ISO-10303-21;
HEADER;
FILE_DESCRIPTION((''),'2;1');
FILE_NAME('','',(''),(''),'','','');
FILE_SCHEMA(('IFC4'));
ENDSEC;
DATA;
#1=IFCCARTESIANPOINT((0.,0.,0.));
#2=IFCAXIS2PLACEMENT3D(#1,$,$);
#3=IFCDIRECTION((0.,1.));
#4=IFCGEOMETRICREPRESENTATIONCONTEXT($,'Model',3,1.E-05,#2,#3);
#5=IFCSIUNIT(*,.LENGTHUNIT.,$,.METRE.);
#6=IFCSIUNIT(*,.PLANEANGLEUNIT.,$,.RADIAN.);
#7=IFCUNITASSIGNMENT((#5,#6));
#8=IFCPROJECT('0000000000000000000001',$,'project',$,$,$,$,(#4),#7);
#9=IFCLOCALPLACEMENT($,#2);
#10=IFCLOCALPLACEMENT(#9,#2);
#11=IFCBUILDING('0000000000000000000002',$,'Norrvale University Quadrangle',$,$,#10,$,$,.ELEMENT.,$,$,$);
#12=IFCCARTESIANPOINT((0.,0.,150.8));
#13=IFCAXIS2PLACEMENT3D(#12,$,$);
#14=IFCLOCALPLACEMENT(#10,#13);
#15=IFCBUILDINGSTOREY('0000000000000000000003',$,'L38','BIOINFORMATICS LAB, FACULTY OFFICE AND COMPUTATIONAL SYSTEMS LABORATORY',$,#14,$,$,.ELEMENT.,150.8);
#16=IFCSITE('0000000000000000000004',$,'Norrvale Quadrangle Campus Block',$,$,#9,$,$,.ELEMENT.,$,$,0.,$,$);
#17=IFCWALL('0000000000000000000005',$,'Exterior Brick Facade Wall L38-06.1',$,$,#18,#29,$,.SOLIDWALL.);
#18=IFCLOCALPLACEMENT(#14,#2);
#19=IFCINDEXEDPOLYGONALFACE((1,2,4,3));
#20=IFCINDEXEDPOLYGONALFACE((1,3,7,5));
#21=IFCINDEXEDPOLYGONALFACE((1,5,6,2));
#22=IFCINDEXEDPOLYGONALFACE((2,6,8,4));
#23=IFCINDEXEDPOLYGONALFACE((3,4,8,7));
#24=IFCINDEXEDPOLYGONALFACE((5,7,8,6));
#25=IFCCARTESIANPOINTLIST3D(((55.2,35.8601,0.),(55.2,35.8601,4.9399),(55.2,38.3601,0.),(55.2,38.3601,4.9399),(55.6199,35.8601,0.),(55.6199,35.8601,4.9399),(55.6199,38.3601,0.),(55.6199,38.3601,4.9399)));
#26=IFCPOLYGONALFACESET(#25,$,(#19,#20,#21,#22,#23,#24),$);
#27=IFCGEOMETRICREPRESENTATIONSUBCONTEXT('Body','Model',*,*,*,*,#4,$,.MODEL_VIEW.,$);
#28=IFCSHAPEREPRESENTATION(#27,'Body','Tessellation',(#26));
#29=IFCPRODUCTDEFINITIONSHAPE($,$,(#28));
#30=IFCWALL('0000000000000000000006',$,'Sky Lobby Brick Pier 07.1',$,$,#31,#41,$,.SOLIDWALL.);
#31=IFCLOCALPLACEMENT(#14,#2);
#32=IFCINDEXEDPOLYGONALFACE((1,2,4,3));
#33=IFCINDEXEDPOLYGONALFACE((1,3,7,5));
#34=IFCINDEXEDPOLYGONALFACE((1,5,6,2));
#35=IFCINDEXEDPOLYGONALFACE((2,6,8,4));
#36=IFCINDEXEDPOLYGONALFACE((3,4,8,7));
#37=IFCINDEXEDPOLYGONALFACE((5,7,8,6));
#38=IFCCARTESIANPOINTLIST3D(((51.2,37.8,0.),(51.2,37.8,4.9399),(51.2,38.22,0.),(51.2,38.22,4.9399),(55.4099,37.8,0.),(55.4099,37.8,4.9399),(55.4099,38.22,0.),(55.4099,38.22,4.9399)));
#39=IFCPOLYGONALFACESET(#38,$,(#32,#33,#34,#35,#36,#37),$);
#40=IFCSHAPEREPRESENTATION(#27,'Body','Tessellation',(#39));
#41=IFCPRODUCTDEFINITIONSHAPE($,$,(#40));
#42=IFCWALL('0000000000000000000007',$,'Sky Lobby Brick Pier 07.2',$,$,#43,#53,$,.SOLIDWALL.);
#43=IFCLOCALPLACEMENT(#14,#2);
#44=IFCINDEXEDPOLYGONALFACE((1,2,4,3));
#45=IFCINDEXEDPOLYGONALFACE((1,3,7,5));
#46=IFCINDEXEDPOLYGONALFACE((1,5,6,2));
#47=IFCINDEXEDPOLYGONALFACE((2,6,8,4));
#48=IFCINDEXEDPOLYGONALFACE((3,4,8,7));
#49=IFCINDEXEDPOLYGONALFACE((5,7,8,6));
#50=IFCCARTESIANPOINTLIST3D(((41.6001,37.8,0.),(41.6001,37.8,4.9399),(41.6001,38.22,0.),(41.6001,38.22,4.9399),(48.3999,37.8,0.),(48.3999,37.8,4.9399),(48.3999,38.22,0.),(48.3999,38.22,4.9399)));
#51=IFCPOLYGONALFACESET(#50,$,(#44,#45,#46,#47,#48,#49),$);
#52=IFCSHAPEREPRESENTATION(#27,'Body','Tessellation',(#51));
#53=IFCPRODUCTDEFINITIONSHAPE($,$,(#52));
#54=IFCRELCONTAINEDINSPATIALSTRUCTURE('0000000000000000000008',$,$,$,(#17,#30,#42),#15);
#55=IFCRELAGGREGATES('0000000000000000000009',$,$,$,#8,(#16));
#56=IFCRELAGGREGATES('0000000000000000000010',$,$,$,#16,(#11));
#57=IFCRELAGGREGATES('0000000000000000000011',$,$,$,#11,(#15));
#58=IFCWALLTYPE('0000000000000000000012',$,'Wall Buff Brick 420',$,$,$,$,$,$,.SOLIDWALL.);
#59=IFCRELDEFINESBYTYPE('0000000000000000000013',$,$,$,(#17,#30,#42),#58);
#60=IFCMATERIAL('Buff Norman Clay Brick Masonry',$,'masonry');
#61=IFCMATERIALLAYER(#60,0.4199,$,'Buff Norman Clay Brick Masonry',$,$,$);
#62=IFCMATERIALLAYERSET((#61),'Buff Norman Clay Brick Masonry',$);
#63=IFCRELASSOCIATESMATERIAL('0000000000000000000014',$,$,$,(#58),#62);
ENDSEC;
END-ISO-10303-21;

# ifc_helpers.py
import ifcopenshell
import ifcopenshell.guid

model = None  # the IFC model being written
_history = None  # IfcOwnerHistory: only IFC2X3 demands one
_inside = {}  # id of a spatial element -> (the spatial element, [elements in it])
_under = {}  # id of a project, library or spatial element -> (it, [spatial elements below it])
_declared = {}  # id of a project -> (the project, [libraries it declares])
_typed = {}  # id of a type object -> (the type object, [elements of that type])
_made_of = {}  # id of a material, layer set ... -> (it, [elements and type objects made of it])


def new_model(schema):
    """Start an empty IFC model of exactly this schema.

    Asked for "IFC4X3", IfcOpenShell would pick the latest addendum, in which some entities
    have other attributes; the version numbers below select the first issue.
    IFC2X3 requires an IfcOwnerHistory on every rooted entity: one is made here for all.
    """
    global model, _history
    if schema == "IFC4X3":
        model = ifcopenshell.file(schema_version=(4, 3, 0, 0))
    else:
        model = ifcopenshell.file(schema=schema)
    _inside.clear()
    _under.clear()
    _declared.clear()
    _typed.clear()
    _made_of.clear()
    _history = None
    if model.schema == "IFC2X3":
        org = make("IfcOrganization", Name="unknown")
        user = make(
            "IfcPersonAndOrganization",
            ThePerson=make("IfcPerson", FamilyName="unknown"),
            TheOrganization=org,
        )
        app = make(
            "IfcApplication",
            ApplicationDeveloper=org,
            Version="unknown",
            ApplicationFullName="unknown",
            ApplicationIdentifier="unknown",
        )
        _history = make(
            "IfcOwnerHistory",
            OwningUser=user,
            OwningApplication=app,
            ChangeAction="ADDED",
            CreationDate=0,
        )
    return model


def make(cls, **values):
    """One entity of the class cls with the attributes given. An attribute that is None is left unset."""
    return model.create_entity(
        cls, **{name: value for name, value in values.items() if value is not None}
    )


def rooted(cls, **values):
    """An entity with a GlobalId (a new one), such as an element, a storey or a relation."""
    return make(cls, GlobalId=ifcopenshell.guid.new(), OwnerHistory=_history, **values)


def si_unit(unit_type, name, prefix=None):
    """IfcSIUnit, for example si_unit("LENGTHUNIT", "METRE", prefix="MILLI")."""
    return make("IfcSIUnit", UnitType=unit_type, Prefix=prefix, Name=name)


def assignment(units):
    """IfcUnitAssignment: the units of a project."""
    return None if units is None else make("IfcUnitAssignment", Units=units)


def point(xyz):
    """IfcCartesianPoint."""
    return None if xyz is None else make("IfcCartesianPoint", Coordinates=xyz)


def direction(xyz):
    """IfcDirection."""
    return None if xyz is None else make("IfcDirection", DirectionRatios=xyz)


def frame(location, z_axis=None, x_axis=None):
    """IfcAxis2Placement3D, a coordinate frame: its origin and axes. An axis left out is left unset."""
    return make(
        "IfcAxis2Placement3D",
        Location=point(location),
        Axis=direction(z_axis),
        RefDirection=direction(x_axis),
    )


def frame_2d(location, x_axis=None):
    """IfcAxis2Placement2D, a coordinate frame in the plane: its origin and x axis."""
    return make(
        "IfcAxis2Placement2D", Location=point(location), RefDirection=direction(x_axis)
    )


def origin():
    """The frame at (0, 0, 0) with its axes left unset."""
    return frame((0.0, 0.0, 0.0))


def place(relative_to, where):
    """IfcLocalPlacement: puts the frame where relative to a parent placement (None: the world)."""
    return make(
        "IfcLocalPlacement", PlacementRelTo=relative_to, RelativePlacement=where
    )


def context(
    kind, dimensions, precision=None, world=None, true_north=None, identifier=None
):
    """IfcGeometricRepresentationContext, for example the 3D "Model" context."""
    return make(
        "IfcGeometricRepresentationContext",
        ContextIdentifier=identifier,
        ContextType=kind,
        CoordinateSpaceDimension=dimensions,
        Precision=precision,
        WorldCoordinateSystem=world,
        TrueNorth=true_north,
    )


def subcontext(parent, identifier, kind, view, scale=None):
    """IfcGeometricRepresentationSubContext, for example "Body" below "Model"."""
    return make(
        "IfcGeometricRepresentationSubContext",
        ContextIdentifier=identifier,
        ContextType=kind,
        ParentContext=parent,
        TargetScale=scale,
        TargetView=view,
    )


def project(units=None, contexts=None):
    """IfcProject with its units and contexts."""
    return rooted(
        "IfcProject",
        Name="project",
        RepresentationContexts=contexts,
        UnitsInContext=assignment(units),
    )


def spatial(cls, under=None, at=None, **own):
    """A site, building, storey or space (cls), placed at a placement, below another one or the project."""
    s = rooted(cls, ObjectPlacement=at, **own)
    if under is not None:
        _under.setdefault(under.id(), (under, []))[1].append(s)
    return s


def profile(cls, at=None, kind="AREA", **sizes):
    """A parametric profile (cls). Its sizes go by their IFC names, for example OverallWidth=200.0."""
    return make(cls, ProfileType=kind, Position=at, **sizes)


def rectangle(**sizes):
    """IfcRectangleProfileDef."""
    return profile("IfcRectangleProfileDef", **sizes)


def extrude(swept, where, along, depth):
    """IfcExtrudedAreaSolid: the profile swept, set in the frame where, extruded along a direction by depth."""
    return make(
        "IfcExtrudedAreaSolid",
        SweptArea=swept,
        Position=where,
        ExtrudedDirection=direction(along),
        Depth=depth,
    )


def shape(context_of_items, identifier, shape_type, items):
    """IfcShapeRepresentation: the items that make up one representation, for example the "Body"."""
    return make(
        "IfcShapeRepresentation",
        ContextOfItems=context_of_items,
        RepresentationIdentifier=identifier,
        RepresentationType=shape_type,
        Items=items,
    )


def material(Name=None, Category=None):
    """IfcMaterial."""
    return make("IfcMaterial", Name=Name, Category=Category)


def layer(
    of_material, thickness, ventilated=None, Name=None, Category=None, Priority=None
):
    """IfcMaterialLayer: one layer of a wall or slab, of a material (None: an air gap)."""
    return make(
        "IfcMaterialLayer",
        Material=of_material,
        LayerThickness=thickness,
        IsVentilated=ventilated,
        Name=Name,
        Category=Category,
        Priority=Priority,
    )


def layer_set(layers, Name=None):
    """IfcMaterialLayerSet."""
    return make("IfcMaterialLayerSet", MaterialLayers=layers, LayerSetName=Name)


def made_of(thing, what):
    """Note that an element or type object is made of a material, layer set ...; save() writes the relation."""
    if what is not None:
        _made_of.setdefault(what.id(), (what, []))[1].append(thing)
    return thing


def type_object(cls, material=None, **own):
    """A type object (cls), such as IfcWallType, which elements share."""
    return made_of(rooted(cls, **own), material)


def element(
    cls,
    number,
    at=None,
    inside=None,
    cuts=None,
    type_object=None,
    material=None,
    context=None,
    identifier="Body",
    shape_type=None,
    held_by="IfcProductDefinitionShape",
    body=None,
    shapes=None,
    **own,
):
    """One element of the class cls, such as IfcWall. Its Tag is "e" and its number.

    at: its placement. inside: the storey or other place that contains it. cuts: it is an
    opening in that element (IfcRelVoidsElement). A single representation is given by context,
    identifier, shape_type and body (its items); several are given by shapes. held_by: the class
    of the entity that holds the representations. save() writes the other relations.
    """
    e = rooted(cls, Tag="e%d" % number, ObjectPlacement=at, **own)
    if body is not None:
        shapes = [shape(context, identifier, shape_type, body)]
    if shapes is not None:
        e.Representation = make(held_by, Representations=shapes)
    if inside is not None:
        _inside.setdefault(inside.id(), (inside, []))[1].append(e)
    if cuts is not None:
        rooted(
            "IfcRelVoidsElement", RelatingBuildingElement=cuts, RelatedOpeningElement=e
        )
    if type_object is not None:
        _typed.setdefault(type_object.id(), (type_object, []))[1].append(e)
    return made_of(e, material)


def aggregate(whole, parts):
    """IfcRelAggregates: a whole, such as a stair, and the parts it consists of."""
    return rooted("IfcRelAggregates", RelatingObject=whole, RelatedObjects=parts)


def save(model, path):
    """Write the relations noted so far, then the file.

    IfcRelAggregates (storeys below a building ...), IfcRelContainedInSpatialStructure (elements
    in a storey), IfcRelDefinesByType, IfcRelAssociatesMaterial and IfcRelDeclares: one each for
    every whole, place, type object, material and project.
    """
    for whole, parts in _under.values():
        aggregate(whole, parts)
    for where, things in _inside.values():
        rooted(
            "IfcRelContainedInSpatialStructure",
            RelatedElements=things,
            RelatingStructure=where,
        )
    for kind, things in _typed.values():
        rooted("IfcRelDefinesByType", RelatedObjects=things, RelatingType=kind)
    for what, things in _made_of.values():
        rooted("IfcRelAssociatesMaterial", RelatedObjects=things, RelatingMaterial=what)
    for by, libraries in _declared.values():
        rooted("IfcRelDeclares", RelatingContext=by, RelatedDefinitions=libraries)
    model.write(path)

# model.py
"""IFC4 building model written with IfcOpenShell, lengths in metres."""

from ifc_helpers import new_model, si_unit, direction, frame, frame_2d, origin, place, context, subcontext, project, spatial, rectangle, extrude, material, layer, layer_set, type_object, element, save


model = new_model("IFC4")

# Units and contexts
model_context = context("Model", 3, precision=1e-05, world=origin(), true_north=direction((0.0, 1.0)))
body_context = subcontext(model_context, "Body", "Model", "MODEL_VIEW")
ifc_project = project(units=[si_unit("LENGTHUNIT", "METRE"), si_unit("PLANEANGLEUNIT", "RADIAN")], contexts=[model_context])

# Site, building, storey
site_placement = place(None, origin())
site = spatial("IfcSite", under=ifc_project, at=site_placement, Name="Norrvale Quadrangle Campus Block", CompositionType="ELEMENT", RefElevation=0.0)
building_placement = place(site_placement, origin())
building = spatial("IfcBuilding", under=site, at=building_placement, Name="Norrvale University Quadrangle", CompositionType="ELEMENT")
storey_placement = place(building_placement, frame((0.0, 0.0, 150.8)))
storey = spatial("IfcBuildingStorey", under=building, at=storey_placement, Name="L38", Description="BIOINFORMATICS LAB, FACULTY OFFICE AND COMPUTATIONAL SYSTEMS LABORATORY", CompositionType="ELEMENT", Elevation=150.8)

# Walls
ifc_material_1 = material(Name="Buff Norman Clay Brick Masonry", Category="masonry")
ifc_layer_1 = layer(ifc_material_1, 0.4199, Name="Buff Norman Clay Brick Masonry")
ifc_layer_set_1 = layer_set([ifc_layer_1], Name="Buff Norman Clay Brick Masonry")
wall_type = type_object("IfcWallType", Name="Wall Buff Brick 420", PredefinedType="SOLIDWALL", material=ifc_layer_set_1)
for number, where, z_axis, x_axis, name in (
    (1, (55.4099, 35.8601, 0.0), (0.0, 0.0, 1.0), (0.0, 1.0, 0.0), "Exterior Brick Facade Wall L38-06.1"),
):
    element("IfcWall", number, at=place(storey_placement, frame(where, z_axis=z_axis, x_axis=x_axis)), inside=storey, type_object=wall_type, Name=name, PredefinedType="SOLIDWALL", context=body_context, shape_type="SweptSolid", body=[
        extrude(rectangle(XDim=2.5, YDim=0.4199, at=frame_2d((1.25, 0.0))), origin(), (0.0, 0.0, 1.0), 4.9399),
    ])
wall_1_placement = place(storey_placement, frame((55.4099, 38.01, 0.0), z_axis=(0.0, 0.0, 1.0), x_axis=(-1.0, 0.0, 0.0)))
element("IfcWall", 2, at=wall_1_placement, inside=storey, type_object=wall_type, Name="Sky Lobby Brick Pier 07.1", PredefinedType="SOLIDWALL", context=body_context, shape_type="SweptSolid", body=[
    extrude(rectangle(XDim=4.21, YDim=0.4199, at=frame_2d((2.105, 0.0))), origin(), (0.0, 0.0, 1.0), 4.9399),
])
wall_2_placement = place(storey_placement, frame((48.3999, 38.01, 0.0), z_axis=(0.0, 0.0, 1.0), x_axis=(-1.0, 0.0, 0.0)))
element("IfcWall", 3, at=wall_2_placement, inside=storey, type_object=wall_type, Name="Sky Lobby Brick Pier 07.2", PredefinedType="SOLIDWALL", context=body_context, shape_type="SweptSolid", body=[
    extrude(rectangle(XDim=6.7998, YDim=0.4199, at=frame_2d((3.3999, 0.0))), origin(), (0.0, 0.0, 1.0), 4.9399),
])

save(model, "model.ifc")
